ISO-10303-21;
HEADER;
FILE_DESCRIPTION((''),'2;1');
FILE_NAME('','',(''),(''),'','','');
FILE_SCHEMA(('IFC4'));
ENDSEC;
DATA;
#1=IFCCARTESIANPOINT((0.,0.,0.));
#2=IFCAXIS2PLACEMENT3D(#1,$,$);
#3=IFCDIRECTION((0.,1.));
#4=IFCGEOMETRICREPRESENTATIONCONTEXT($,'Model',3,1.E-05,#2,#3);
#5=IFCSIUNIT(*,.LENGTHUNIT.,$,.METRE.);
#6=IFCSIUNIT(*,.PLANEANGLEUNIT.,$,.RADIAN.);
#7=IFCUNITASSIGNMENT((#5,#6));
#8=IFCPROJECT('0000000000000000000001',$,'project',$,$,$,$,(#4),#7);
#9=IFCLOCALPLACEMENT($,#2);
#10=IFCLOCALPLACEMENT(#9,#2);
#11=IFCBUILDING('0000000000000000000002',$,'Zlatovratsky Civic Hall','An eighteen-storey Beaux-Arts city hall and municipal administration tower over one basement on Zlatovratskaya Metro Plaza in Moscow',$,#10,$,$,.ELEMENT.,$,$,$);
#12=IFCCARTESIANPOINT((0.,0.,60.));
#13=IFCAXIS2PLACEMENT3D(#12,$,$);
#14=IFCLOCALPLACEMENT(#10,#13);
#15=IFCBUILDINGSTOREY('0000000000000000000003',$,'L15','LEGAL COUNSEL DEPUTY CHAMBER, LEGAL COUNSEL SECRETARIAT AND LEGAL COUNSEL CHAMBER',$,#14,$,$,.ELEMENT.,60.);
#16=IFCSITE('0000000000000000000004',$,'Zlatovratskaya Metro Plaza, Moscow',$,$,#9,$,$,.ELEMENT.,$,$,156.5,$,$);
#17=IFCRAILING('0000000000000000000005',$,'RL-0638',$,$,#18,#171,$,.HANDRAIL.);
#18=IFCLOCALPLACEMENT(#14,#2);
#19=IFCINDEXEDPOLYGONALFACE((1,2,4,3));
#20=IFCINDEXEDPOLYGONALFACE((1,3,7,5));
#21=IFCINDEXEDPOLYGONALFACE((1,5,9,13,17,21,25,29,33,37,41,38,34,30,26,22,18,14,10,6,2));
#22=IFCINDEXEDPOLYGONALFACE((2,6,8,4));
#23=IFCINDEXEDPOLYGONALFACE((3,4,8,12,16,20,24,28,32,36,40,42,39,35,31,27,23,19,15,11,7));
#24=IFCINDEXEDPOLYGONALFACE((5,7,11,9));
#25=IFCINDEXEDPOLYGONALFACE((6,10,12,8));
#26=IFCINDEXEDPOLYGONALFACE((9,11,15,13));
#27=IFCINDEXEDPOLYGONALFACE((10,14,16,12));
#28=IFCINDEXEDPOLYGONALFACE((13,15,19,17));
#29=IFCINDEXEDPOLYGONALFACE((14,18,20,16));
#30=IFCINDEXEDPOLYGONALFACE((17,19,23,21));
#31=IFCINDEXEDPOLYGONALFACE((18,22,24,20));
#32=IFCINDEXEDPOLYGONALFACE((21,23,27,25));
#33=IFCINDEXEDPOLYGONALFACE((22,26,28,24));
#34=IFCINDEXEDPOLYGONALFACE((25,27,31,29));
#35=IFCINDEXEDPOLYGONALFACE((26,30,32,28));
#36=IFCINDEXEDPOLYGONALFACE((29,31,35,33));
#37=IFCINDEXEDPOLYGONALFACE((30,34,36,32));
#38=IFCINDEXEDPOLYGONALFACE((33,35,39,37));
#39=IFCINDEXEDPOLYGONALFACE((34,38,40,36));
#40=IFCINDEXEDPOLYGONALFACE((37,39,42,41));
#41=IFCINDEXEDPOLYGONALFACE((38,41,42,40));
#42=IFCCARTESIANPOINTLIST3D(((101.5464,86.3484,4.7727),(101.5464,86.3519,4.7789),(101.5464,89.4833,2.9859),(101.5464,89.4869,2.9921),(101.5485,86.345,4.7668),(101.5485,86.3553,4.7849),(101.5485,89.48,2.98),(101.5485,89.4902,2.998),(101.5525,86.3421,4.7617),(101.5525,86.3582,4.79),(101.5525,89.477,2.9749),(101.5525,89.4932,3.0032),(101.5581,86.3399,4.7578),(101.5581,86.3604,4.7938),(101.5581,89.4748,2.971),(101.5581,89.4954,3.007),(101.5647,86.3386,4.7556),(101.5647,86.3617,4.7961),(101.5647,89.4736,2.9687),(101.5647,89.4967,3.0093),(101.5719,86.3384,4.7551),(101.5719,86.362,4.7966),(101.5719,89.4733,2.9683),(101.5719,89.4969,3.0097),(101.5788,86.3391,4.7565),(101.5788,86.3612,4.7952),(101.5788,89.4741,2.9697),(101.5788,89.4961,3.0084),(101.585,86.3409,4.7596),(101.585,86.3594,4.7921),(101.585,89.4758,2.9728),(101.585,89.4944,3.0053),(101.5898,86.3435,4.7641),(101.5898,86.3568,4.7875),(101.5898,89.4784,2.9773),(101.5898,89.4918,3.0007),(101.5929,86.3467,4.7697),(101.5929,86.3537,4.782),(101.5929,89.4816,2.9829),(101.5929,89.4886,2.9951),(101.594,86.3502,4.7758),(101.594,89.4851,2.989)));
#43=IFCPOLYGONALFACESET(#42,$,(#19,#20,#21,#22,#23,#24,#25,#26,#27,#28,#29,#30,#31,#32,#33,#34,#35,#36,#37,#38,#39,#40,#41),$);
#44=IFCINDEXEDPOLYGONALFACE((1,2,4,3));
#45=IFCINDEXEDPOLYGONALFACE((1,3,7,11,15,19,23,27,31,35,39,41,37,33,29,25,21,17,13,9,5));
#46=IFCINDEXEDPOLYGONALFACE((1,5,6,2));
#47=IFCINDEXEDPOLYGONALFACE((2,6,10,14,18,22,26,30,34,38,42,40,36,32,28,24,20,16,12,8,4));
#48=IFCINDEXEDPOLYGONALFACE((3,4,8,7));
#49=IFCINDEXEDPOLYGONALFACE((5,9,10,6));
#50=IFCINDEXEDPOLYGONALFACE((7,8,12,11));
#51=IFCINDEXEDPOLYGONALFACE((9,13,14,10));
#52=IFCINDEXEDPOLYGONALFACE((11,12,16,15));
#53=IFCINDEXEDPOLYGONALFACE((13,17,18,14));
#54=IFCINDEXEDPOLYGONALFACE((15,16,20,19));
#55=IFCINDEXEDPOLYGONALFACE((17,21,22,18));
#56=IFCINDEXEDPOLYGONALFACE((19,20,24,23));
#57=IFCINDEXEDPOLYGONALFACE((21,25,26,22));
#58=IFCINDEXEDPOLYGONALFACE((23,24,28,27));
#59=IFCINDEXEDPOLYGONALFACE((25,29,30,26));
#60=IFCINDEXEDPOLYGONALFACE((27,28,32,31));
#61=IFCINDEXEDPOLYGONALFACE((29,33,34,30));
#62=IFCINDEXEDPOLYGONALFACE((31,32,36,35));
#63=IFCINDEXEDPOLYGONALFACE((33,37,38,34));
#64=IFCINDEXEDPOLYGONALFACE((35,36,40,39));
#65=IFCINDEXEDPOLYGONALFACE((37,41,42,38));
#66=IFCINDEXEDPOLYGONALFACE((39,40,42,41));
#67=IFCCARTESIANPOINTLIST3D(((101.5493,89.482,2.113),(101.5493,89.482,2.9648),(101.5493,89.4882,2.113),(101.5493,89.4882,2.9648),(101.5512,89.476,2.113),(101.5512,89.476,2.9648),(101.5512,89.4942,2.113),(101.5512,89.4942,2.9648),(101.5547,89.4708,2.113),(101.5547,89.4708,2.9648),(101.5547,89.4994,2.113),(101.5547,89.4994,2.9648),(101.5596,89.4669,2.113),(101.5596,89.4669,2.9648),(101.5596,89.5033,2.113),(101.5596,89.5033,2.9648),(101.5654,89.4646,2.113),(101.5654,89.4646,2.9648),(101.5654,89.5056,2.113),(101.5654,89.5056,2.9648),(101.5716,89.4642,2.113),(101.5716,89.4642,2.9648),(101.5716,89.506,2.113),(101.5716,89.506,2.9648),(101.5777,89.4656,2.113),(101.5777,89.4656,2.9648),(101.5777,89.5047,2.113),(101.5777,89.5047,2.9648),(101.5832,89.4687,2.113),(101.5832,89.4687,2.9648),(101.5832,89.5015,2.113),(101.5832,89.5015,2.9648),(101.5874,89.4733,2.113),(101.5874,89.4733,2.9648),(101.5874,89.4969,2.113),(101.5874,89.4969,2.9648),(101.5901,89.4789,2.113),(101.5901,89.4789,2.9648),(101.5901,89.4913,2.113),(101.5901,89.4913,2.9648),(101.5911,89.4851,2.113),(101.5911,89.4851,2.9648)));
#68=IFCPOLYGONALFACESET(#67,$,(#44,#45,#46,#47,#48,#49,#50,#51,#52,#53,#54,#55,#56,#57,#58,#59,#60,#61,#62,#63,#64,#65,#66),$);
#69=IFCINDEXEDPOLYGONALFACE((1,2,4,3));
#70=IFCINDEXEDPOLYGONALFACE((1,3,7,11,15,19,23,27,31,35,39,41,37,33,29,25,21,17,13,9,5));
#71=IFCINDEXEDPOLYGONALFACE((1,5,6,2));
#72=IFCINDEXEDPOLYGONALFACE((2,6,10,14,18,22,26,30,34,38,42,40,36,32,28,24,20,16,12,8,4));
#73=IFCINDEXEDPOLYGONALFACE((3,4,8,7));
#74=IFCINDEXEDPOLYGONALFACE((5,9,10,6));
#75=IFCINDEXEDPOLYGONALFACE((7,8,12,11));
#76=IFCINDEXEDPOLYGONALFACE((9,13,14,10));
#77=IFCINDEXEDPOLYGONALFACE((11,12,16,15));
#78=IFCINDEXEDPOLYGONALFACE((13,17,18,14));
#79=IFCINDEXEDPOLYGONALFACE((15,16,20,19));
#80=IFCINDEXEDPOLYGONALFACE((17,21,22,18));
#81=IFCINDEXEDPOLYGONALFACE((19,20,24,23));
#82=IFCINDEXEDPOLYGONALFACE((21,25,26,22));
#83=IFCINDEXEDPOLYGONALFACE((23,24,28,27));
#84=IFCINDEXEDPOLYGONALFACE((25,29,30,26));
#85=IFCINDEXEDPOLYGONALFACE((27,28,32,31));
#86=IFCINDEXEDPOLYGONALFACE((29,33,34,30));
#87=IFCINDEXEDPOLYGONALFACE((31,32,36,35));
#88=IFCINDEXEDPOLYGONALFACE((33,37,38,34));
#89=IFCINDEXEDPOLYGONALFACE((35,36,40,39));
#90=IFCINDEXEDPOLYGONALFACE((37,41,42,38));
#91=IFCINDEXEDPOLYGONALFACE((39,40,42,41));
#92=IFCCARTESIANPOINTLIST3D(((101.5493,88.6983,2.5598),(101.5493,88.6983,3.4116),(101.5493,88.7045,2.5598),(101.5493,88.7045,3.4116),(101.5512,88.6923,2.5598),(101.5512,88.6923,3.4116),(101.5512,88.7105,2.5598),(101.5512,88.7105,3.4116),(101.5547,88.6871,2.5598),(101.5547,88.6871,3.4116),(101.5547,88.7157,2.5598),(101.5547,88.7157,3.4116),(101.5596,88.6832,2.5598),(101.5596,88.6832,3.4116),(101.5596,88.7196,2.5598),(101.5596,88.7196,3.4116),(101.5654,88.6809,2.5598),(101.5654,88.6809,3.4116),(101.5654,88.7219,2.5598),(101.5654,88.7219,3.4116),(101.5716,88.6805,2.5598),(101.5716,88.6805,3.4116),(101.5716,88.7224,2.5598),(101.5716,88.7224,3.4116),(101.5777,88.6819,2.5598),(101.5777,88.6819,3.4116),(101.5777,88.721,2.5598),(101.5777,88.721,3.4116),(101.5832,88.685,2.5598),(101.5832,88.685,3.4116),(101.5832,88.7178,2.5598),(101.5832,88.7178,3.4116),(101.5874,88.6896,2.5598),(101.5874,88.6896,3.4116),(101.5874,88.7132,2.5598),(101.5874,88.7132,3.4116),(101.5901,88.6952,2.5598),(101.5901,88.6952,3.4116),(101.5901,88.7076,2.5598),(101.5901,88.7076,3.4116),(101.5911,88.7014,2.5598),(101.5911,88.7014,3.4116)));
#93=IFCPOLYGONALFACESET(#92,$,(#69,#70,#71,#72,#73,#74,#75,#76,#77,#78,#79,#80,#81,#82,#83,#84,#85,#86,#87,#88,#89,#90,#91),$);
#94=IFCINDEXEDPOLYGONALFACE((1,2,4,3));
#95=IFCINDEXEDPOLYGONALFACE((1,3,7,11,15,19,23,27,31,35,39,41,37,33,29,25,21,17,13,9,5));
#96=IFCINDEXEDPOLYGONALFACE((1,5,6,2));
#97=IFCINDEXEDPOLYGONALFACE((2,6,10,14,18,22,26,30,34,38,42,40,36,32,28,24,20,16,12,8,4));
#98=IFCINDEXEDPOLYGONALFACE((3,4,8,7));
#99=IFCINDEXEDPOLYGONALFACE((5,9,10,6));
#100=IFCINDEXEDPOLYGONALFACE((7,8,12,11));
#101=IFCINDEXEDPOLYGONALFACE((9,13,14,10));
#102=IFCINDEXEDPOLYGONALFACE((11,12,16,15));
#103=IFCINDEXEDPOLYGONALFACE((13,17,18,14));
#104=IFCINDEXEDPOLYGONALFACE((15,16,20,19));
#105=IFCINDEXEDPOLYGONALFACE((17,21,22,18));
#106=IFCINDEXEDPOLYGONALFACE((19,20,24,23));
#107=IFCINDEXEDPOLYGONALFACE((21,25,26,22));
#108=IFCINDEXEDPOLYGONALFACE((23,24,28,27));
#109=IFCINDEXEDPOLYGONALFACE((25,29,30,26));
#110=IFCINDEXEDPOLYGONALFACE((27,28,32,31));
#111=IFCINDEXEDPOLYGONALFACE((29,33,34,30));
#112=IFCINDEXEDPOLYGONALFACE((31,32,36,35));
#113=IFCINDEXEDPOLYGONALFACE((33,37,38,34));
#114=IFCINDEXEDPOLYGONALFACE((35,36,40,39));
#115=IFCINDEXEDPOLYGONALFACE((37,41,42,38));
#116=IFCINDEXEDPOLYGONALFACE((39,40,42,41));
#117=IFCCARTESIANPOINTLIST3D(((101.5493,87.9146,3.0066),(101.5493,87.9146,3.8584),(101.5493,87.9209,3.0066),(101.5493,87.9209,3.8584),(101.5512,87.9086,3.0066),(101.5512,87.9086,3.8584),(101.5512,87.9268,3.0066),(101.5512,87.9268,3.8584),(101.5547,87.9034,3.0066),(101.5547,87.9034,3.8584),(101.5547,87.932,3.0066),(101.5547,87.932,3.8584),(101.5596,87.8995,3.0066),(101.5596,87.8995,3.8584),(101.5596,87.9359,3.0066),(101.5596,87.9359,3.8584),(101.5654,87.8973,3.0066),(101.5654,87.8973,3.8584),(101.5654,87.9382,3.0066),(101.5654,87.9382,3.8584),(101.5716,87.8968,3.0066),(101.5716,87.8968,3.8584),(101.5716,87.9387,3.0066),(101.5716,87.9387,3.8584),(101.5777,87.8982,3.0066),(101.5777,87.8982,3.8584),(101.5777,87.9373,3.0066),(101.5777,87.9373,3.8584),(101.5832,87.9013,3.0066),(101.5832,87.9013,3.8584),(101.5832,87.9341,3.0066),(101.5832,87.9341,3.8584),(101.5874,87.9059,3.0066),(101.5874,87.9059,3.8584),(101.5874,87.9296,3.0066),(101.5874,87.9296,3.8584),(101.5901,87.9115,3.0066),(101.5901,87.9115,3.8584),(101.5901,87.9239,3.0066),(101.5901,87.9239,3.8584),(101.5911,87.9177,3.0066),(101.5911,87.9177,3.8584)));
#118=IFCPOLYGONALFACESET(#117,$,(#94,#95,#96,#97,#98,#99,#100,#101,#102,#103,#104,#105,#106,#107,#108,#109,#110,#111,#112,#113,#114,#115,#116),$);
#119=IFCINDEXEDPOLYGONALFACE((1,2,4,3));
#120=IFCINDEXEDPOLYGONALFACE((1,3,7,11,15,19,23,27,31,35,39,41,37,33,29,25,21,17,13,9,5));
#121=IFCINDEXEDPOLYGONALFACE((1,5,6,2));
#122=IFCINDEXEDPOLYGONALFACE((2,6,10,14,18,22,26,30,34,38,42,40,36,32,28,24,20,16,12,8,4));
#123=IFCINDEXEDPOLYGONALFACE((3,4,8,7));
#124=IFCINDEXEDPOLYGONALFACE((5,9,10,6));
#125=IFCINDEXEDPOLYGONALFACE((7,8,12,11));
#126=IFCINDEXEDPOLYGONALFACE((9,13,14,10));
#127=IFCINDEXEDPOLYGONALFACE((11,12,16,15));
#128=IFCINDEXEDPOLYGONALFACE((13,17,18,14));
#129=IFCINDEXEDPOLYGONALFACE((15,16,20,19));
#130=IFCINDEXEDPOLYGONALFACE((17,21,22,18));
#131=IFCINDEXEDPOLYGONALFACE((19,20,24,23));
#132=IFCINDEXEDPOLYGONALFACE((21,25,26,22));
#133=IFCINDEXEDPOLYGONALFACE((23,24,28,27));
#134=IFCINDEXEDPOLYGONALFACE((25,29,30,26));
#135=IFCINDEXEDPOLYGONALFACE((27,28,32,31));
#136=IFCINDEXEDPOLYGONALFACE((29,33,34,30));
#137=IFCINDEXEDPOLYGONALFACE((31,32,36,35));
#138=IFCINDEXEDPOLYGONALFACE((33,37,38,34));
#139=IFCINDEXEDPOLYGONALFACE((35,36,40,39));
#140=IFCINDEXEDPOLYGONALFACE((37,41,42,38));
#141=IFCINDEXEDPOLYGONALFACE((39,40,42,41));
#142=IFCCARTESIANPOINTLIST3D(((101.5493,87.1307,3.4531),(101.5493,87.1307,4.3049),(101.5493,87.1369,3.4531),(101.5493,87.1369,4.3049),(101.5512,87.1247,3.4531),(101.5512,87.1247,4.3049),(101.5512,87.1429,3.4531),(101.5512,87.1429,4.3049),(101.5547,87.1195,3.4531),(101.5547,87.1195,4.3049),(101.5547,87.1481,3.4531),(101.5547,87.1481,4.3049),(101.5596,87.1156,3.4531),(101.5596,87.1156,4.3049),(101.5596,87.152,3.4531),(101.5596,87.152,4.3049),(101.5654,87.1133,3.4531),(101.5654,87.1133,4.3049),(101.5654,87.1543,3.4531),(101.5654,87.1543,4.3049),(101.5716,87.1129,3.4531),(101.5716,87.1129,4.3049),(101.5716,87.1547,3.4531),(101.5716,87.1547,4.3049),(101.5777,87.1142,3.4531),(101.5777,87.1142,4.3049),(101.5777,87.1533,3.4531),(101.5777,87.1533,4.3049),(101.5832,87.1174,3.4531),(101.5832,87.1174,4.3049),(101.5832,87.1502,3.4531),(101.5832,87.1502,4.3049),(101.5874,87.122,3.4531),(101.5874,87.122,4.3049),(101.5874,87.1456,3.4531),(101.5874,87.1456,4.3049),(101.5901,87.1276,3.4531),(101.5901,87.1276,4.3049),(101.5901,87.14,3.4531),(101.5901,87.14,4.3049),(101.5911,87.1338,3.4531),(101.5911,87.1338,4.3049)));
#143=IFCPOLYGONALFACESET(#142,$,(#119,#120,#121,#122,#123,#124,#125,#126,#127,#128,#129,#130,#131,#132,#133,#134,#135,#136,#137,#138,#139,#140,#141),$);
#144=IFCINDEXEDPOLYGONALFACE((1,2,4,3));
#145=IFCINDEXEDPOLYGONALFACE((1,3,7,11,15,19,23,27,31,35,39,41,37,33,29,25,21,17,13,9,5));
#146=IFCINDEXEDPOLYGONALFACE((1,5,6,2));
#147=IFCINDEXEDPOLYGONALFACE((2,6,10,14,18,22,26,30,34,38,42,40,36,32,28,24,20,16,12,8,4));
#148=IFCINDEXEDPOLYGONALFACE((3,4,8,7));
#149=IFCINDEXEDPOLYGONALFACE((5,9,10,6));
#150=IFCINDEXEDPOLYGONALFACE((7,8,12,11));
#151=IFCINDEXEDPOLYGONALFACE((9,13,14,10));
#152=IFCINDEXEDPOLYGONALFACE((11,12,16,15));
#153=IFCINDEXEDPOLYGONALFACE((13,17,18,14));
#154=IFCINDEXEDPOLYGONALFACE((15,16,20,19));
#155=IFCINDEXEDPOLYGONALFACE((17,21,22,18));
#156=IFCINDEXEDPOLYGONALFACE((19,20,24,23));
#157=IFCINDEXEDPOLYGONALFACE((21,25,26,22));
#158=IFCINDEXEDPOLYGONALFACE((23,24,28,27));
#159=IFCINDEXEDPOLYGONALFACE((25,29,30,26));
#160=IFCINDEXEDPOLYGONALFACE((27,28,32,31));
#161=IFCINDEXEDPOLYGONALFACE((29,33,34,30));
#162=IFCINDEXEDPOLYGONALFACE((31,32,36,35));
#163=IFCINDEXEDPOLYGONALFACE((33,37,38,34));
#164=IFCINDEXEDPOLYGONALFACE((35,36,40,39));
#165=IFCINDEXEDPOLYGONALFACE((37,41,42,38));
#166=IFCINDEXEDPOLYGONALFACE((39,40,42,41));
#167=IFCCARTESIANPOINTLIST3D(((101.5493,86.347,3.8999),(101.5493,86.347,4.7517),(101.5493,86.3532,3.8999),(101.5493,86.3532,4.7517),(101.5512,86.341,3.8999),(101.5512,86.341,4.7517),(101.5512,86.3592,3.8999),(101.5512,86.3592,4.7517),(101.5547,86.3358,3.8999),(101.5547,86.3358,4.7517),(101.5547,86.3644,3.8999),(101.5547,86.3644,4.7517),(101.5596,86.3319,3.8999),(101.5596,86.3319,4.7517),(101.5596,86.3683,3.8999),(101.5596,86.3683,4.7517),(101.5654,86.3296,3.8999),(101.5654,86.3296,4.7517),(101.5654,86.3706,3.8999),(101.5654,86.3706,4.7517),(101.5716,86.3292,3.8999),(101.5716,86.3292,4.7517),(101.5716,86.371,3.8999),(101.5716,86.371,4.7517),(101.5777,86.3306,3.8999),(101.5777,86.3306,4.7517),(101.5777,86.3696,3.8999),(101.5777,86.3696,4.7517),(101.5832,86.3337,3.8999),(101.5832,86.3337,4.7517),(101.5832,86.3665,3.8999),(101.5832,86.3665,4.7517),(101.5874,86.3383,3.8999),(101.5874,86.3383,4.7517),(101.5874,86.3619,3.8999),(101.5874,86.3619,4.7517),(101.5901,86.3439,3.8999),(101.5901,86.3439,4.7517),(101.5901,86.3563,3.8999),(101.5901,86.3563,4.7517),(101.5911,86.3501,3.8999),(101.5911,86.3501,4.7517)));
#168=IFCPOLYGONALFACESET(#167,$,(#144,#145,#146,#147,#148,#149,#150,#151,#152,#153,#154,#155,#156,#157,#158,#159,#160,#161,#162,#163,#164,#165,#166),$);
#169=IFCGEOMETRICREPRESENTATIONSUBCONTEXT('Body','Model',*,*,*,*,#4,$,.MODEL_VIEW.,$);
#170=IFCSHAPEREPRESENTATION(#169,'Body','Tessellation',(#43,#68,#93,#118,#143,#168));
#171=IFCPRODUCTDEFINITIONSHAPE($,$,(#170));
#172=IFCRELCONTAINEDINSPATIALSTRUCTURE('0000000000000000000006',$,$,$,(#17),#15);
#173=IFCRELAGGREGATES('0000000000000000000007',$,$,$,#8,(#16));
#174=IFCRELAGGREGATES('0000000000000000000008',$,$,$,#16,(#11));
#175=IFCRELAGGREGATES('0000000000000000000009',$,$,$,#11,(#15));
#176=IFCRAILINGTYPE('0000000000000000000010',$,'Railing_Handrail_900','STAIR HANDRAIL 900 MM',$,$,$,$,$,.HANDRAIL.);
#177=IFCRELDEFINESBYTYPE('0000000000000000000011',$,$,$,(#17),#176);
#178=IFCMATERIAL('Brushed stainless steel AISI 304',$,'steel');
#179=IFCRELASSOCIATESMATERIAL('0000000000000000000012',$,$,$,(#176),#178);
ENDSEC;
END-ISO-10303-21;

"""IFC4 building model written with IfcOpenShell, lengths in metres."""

from ifc_helpers import new_model, si_unit, direction, frame, origin, origin_2d, place, context, subcontext, project, spatial, circle, extrude, material, type_object, element, save


model = new_model("IFC4")

# Units and contexts
model_context = context("Model", 3, precision=1e-05, world=origin(), true_north=direction((0.0, 1.0)))
body_context = subcontext(model_context, "Body", "Model", "MODEL_VIEW")
ifc_project = project(units=[si_unit("LENGTHUNIT", "METRE"), si_unit("PLANEANGLEUNIT", "RADIAN")], contexts=[model_context])

# Site, building, storey
site_placement = place(None, origin())
site = spatial("IfcSite", under=ifc_project, at=site_placement, Name="Zlatovratskaya Metro Plaza, Moscow", CompositionType="ELEMENT", RefElevation=156.5)
building_placement = place(site_placement, origin())
building = spatial("IfcBuilding", under=site, at=building_placement, Name="Zlatovratsky Civic Hall", Description="An eighteen-storey Beaux-Arts city hall and municipal administration tower over one basement on Zlatovratskaya Metro Plaza in Moscow", CompositionType="ELEMENT")
storey_placement = place(building_placement, frame((0.0, 0.0, 60.0)))
storey = spatial("IfcBuildingStorey", under=building, at=storey_placement, Name="L15", Description="LEGAL COUNSEL DEPUTY CHAMBER, LEGAL COUNSEL SECRETARIAT AND LEGAL COUNSEL CHAMBER", CompositionType="ELEMENT", Elevation=60.0)

# Railing
ifc_material_1 = material(Name="Brushed stainless steel AISI 304", Category="steel")
railing_type = type_object("IfcRailingType", Name="Railing_Handrail_900", Description="STAIR HANDRAIL 900 MM", PredefinedType="HANDRAIL", material=ifc_material_1)
railing_placement = place(storey_placement, frame((101.5701, 89.4851, 2.113)))
element("IfcRailing", 1, at=railing_placement, inside=storey, type_object=railing_type, Name="RL-0638", PredefinedType="HANDRAIL", context=body_context, shape_type="SweptSolid", body=[
    extrude(circle(Radius=0.0239, at=origin_2d()), frame((0.0, 0.0, 0.876), z_axis=(0.0, -0.868788, 0.495184), x_axis=(1.0, 0.0, 0.0)), (0.0, 0.0, 1.0), 3.6084),
    extrude(circle(Radius=0.021, at=origin_2d()), origin(), (0.0, 0.0, 1.0), 0.8518),
    extrude(circle(Radius=0.021, at=origin_2d()), frame((0.0, -0.7837, 0.4468)), (0.0, 0.0, 1.0), 0.8518),
    extrude(circle(Radius=0.021, at=origin_2d()), frame((0.0, -1.5674, 0.8936)), (0.0, 0.0, 1.0), 0.8518),
    extrude(circle(Radius=0.021, at=origin_2d()), frame((0.0, -2.3513, 1.3401)), (0.0, 0.0, 1.0), 0.8518),
    extrude(circle(Radius=0.021, at=origin_2d()), frame((0.0, -3.135, 1.7869)), (0.0, 0.0, 1.0), 0.8518),
])

save(model, "model.ifc")
